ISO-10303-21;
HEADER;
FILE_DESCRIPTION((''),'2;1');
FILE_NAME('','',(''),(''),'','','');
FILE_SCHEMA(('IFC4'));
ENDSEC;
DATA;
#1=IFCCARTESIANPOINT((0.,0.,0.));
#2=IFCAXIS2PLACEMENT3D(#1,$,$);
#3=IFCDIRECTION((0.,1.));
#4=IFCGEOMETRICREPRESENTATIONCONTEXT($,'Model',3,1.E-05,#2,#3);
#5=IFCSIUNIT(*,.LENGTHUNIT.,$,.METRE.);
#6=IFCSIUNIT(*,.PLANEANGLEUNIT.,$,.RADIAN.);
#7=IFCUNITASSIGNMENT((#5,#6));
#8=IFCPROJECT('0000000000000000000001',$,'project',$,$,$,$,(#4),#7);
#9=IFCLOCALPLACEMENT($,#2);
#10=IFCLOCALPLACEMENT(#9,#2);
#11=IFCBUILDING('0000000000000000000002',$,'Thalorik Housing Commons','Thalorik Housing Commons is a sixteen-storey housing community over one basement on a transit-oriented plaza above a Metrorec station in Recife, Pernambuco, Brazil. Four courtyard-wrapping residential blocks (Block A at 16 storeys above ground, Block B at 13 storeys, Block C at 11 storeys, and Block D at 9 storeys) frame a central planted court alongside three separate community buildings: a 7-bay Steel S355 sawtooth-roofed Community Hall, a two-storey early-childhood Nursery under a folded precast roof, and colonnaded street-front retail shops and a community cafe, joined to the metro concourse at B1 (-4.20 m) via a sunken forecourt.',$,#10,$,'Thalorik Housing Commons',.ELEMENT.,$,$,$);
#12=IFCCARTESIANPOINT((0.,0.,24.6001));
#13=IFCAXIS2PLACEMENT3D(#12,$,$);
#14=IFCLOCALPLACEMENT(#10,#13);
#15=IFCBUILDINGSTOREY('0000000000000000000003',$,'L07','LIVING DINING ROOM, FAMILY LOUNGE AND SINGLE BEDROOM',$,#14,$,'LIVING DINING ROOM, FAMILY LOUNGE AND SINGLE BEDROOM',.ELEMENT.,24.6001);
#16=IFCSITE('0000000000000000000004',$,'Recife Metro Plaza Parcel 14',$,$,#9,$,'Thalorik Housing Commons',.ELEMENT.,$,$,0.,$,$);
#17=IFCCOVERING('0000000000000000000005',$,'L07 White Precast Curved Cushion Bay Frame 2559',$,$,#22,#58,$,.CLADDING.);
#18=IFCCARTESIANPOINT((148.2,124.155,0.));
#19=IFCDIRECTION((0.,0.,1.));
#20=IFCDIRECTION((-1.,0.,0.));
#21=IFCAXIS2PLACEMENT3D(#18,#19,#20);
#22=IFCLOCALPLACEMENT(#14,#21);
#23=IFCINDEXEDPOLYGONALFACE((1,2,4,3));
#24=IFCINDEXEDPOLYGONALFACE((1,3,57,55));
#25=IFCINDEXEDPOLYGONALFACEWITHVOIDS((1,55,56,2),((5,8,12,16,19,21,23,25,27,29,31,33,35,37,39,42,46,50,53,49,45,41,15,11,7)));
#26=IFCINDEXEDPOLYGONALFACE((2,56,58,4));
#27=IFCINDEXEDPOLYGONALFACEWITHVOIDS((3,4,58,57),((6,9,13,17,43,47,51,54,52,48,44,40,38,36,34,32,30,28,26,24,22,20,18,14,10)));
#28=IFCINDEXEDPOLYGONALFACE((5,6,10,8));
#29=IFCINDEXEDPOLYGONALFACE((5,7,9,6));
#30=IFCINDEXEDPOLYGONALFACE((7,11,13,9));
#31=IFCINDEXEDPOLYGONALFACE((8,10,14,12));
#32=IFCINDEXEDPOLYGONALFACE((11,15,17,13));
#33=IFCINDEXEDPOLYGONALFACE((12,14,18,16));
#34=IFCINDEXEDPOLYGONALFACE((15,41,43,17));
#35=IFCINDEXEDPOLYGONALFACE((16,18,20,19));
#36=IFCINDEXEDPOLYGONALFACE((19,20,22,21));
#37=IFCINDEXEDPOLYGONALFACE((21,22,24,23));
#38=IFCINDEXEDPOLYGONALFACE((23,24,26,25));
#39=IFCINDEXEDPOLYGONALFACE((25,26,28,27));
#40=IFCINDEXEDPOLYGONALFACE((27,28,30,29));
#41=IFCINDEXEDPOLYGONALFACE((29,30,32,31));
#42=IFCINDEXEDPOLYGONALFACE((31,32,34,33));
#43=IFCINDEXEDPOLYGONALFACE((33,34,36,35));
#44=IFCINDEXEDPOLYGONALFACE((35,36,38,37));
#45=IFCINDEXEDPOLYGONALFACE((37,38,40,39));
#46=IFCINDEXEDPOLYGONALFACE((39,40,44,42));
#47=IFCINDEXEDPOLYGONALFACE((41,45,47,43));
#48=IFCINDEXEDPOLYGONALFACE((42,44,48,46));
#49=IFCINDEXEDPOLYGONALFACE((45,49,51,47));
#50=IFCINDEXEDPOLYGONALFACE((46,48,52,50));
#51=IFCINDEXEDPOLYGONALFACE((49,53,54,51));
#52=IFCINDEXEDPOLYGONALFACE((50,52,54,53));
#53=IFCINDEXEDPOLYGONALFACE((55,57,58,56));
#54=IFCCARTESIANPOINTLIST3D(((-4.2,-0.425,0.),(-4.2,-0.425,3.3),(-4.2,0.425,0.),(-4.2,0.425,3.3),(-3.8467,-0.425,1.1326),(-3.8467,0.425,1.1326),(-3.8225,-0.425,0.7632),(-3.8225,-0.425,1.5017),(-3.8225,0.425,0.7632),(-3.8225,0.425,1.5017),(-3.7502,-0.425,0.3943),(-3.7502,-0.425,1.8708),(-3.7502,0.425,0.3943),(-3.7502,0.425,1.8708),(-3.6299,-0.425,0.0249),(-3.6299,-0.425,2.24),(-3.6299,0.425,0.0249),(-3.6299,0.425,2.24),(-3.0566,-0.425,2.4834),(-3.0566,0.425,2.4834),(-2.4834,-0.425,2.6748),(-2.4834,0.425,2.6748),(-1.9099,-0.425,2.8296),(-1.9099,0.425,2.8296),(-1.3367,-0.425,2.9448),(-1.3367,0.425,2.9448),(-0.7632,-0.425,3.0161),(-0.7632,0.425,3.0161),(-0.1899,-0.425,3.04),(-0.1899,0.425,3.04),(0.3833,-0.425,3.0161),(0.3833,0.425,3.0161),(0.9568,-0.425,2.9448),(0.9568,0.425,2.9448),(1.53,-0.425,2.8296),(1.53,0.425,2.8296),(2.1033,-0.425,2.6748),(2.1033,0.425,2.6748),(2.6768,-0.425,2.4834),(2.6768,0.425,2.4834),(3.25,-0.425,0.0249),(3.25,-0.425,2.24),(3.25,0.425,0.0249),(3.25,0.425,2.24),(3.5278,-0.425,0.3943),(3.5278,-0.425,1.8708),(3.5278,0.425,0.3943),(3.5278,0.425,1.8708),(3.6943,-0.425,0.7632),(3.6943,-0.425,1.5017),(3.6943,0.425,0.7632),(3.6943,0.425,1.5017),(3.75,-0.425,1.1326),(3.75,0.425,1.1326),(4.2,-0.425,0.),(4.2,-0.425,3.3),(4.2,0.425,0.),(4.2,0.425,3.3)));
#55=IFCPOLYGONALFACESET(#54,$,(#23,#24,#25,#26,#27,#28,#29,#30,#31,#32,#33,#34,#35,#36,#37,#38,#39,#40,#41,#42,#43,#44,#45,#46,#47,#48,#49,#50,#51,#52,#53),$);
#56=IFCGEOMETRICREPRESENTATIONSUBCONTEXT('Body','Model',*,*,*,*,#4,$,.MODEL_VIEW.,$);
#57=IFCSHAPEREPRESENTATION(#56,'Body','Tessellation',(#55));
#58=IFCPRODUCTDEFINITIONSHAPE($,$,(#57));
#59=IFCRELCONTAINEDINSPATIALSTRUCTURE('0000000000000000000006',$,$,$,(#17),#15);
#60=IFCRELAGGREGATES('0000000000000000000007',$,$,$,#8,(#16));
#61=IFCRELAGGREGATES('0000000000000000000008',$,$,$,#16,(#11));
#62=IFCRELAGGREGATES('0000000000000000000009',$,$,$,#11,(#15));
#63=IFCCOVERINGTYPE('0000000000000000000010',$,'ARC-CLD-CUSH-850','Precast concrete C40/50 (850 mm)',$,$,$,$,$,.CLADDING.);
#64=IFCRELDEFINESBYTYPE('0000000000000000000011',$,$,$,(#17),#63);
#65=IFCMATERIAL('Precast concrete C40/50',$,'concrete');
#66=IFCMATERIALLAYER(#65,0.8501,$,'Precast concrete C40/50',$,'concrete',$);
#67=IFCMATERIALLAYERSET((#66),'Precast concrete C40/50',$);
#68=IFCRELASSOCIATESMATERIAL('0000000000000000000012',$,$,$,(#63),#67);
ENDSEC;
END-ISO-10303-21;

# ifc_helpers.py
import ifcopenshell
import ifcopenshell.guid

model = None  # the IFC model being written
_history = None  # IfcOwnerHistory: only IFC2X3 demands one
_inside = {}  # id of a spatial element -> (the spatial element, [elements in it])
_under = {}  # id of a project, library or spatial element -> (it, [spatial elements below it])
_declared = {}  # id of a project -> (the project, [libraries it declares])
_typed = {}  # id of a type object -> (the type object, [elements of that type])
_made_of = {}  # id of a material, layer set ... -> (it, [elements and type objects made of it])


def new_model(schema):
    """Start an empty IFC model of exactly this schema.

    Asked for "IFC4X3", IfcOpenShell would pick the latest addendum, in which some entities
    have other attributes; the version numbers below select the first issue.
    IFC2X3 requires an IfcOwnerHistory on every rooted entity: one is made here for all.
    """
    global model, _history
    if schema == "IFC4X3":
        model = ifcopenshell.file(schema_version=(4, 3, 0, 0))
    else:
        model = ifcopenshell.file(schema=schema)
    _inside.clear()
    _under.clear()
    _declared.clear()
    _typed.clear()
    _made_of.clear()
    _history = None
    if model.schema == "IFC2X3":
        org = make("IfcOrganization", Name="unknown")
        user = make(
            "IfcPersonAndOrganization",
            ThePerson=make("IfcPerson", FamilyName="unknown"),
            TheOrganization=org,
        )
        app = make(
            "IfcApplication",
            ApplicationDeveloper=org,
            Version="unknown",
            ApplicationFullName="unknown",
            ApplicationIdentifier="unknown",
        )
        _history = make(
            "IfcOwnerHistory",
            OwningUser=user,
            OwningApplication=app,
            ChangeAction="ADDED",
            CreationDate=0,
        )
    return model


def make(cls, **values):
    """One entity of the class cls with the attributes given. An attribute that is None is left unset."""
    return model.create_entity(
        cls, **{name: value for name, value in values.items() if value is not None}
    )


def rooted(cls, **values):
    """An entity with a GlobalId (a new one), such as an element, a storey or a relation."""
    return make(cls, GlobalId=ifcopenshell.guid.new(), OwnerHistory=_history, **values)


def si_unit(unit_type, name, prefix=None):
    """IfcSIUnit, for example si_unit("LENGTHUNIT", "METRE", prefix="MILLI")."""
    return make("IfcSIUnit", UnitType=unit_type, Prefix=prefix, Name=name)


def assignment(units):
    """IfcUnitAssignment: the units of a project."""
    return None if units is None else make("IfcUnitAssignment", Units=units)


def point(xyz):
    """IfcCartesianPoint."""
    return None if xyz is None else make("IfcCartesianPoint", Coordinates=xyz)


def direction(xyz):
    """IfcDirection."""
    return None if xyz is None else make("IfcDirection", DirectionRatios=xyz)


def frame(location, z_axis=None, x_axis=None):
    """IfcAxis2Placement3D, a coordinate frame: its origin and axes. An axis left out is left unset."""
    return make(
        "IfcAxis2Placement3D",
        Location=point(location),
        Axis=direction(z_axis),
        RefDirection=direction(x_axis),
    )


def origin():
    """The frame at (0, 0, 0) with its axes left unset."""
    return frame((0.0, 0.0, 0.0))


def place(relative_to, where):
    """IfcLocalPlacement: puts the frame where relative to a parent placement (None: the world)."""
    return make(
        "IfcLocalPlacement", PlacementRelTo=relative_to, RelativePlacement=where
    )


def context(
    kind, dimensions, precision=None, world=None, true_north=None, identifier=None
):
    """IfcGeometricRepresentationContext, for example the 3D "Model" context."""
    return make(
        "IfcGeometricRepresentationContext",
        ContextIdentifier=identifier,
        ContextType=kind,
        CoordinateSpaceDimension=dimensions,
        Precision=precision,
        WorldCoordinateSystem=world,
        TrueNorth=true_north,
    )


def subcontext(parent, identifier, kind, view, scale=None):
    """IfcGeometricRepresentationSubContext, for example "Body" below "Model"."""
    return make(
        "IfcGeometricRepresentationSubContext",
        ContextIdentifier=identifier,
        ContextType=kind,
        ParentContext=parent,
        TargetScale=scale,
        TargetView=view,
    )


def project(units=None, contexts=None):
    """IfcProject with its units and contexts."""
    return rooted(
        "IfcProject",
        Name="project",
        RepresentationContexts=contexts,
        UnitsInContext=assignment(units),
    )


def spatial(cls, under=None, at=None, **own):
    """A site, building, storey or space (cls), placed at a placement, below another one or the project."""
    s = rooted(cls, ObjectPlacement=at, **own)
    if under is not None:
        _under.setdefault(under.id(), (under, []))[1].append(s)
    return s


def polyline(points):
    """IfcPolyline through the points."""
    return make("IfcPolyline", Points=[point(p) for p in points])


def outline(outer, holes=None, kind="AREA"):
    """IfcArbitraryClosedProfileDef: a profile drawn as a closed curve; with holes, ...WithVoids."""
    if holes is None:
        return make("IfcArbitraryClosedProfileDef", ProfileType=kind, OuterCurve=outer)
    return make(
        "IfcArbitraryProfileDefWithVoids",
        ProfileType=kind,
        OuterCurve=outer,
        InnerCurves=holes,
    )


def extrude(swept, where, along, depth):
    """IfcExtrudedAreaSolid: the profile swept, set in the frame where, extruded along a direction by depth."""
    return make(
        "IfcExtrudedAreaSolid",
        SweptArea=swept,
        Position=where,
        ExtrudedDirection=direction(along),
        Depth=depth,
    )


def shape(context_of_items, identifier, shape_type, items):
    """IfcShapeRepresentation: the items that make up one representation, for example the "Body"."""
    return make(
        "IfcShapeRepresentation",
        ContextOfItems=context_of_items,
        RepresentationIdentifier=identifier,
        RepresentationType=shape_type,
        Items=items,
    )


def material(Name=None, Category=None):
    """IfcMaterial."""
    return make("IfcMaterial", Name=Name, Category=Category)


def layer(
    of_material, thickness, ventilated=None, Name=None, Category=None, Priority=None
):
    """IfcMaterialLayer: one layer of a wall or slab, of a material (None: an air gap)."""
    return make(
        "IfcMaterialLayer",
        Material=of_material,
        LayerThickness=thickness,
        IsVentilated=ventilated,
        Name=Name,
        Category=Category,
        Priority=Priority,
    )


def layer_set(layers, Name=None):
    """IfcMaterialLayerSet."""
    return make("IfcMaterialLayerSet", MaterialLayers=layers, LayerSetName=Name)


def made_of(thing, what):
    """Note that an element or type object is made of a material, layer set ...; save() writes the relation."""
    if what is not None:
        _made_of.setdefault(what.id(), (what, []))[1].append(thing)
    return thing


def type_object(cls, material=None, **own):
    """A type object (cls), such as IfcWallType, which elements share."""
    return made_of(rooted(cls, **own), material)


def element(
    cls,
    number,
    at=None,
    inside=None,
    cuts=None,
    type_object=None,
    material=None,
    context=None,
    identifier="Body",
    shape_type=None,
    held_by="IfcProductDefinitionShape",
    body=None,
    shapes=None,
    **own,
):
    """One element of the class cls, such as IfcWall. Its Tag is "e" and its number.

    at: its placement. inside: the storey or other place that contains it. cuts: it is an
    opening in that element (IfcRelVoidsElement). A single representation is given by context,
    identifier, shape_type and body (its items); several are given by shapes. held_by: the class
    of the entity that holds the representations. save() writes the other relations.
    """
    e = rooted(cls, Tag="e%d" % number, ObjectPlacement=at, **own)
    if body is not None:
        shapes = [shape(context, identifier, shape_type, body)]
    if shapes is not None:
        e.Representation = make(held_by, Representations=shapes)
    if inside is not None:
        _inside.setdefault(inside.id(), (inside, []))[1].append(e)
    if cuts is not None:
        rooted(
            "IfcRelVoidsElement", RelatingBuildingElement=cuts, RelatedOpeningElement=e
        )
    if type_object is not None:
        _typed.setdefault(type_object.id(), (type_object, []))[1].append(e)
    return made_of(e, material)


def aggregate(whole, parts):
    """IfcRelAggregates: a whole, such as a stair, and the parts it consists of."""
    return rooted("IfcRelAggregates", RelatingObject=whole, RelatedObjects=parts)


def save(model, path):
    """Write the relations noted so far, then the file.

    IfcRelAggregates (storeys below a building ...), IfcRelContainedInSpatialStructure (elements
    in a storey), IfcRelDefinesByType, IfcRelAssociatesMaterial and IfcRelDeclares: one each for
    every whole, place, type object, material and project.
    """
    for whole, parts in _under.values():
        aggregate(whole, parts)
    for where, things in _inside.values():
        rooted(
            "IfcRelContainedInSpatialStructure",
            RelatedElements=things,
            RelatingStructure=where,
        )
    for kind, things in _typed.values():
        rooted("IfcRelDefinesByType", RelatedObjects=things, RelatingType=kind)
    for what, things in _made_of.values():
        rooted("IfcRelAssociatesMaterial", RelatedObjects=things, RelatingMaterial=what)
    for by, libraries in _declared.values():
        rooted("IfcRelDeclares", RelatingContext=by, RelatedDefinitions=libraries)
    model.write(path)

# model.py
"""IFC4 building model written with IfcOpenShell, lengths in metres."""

from ifc_helpers import new_model, si_unit, direction, frame, origin, place, context, subcontext, project, spatial, polyline, outline, extrude, material, layer, layer_set, type_object, element, save


model = new_model("IFC4")

# Units and contexts
model_context = context("Model", 3, precision=1e-05, world=origin(), true_north=direction((0.0, 1.0)))
body_context = subcontext(model_context, "Body", "Model", "MODEL_VIEW")
ifc_project = project(units=[si_unit("LENGTHUNIT", "METRE"), si_unit("PLANEANGLEUNIT", "RADIAN")], contexts=[model_context])

# Site, building, storey
site_placement = place(None, origin())
site = spatial("IfcSite", under=ifc_project, at=site_placement, Name="Recife Metro Plaza Parcel 14", LongName="Thalorik Housing Commons", CompositionType="ELEMENT", RefElevation=0.0)
building_placement = place(site_placement, origin())
building = spatial("IfcBuilding", under=site, at=building_placement, Name="Thalorik Housing Commons", Description="Thalorik Housing Commons is a sixteen-storey housing community over one basement on a transit-oriented plaza above a Metrorec station in Recife, Pernambuco, Brazil. Four courtyard-wrapping residential blocks (Block A at 16 storeys above ground, Block B at 13 storeys, Block C at 11 storeys, and Block D at 9 storeys) frame a central planted court alongside three separate community buildings: a 7-bay Steel S355 sawtooth-roofed Community Hall, a two-storey early-childhood Nursery under a folded precast roof, and colonnaded street-front retail shops and a community cafe, joined to the metro concourse at B1 (-4.20 m) via a sunken forecourt.", LongName="Thalorik Housing Commons", CompositionType="ELEMENT")
storey_placement = place(building_placement, frame((0.0, 0.0, 24.6001)))
storey = spatial("IfcBuildingStorey", under=building, at=storey_placement, Name="L07", Description="LIVING DINING ROOM, FAMILY LOUNGE AND SINGLE BEDROOM", LongName="LIVING DINING ROOM, FAMILY LOUNGE AND SINGLE BEDROOM", CompositionType="ELEMENT", Elevation=24.6001)

# Shared definitions
ifc_material_1 = material(Name="Precast concrete C40/50", Category="concrete")

# Covering
ifc_layer_1 = layer(ifc_material_1, 0.8501, Name="Precast concrete C40/50", Category="concrete")
ifc_layer_set_1 = layer_set([ifc_layer_1], Name="Precast concrete C40/50")
covering_type_1 = type_object("IfcCoveringType", Name="ARC-CLD-CUSH-850", Description="Precast concrete C40/50 (850 mm)", PredefinedType="CLADDING", material=ifc_layer_set_1)
covering_1_placement = place(storey_placement, frame((148.2, 124.155, 0.0), z_axis=(0.0, 0.0, 1.0), x_axis=(-1.0, 0.0, 0.0)))
element("IfcCovering", 1, at=covering_1_placement, inside=storey, type_object=covering_type_1, Name="L07 White Precast Curved Cushion Bay Frame 2559", PredefinedType="CLADDING", context=body_context, shape_type="SweptSolid", body=[
    extrude(outline(polyline([(-4.2, 0.0), (4.2, 0.0), (4.2, 3.3), (-4.2, 3.3), (-4.2, 0.0)]), holes=[polyline([(3.25, 0.0249), (3.5278, 0.3943), (3.6943, 0.7632), (3.75, 1.1326), (3.6943, 1.5017), (3.5278, 1.8708), (3.25, 2.24), (2.6768, 2.4834), (2.1033, 2.6748), (1.53, 2.8296), (0.9568, 2.9448), (0.3833, 3.0161), (-0.1899, 3.04), (-0.7632, 3.0161), (-1.3367, 2.9448), (-1.9099, 2.8296), (-2.4834, 2.6748), (-3.0566, 2.4834), (-3.6299, 2.24), (-3.7502, 1.8708), (-3.8225, 1.5017), (-3.8467, 1.1326), (-3.8225, 0.7632), (-3.7502, 0.3943), (-3.6299, 0.0249), (3.25, 0.0249)])]), frame((0.0, 0.425, 0.0), z_axis=(0.0, -1.0, 0.0), x_axis=(1.0, 0.0, 0.0)), (0.0, 0.0, 1.0), 0.8501),
])

save(model, "model.ifc")
